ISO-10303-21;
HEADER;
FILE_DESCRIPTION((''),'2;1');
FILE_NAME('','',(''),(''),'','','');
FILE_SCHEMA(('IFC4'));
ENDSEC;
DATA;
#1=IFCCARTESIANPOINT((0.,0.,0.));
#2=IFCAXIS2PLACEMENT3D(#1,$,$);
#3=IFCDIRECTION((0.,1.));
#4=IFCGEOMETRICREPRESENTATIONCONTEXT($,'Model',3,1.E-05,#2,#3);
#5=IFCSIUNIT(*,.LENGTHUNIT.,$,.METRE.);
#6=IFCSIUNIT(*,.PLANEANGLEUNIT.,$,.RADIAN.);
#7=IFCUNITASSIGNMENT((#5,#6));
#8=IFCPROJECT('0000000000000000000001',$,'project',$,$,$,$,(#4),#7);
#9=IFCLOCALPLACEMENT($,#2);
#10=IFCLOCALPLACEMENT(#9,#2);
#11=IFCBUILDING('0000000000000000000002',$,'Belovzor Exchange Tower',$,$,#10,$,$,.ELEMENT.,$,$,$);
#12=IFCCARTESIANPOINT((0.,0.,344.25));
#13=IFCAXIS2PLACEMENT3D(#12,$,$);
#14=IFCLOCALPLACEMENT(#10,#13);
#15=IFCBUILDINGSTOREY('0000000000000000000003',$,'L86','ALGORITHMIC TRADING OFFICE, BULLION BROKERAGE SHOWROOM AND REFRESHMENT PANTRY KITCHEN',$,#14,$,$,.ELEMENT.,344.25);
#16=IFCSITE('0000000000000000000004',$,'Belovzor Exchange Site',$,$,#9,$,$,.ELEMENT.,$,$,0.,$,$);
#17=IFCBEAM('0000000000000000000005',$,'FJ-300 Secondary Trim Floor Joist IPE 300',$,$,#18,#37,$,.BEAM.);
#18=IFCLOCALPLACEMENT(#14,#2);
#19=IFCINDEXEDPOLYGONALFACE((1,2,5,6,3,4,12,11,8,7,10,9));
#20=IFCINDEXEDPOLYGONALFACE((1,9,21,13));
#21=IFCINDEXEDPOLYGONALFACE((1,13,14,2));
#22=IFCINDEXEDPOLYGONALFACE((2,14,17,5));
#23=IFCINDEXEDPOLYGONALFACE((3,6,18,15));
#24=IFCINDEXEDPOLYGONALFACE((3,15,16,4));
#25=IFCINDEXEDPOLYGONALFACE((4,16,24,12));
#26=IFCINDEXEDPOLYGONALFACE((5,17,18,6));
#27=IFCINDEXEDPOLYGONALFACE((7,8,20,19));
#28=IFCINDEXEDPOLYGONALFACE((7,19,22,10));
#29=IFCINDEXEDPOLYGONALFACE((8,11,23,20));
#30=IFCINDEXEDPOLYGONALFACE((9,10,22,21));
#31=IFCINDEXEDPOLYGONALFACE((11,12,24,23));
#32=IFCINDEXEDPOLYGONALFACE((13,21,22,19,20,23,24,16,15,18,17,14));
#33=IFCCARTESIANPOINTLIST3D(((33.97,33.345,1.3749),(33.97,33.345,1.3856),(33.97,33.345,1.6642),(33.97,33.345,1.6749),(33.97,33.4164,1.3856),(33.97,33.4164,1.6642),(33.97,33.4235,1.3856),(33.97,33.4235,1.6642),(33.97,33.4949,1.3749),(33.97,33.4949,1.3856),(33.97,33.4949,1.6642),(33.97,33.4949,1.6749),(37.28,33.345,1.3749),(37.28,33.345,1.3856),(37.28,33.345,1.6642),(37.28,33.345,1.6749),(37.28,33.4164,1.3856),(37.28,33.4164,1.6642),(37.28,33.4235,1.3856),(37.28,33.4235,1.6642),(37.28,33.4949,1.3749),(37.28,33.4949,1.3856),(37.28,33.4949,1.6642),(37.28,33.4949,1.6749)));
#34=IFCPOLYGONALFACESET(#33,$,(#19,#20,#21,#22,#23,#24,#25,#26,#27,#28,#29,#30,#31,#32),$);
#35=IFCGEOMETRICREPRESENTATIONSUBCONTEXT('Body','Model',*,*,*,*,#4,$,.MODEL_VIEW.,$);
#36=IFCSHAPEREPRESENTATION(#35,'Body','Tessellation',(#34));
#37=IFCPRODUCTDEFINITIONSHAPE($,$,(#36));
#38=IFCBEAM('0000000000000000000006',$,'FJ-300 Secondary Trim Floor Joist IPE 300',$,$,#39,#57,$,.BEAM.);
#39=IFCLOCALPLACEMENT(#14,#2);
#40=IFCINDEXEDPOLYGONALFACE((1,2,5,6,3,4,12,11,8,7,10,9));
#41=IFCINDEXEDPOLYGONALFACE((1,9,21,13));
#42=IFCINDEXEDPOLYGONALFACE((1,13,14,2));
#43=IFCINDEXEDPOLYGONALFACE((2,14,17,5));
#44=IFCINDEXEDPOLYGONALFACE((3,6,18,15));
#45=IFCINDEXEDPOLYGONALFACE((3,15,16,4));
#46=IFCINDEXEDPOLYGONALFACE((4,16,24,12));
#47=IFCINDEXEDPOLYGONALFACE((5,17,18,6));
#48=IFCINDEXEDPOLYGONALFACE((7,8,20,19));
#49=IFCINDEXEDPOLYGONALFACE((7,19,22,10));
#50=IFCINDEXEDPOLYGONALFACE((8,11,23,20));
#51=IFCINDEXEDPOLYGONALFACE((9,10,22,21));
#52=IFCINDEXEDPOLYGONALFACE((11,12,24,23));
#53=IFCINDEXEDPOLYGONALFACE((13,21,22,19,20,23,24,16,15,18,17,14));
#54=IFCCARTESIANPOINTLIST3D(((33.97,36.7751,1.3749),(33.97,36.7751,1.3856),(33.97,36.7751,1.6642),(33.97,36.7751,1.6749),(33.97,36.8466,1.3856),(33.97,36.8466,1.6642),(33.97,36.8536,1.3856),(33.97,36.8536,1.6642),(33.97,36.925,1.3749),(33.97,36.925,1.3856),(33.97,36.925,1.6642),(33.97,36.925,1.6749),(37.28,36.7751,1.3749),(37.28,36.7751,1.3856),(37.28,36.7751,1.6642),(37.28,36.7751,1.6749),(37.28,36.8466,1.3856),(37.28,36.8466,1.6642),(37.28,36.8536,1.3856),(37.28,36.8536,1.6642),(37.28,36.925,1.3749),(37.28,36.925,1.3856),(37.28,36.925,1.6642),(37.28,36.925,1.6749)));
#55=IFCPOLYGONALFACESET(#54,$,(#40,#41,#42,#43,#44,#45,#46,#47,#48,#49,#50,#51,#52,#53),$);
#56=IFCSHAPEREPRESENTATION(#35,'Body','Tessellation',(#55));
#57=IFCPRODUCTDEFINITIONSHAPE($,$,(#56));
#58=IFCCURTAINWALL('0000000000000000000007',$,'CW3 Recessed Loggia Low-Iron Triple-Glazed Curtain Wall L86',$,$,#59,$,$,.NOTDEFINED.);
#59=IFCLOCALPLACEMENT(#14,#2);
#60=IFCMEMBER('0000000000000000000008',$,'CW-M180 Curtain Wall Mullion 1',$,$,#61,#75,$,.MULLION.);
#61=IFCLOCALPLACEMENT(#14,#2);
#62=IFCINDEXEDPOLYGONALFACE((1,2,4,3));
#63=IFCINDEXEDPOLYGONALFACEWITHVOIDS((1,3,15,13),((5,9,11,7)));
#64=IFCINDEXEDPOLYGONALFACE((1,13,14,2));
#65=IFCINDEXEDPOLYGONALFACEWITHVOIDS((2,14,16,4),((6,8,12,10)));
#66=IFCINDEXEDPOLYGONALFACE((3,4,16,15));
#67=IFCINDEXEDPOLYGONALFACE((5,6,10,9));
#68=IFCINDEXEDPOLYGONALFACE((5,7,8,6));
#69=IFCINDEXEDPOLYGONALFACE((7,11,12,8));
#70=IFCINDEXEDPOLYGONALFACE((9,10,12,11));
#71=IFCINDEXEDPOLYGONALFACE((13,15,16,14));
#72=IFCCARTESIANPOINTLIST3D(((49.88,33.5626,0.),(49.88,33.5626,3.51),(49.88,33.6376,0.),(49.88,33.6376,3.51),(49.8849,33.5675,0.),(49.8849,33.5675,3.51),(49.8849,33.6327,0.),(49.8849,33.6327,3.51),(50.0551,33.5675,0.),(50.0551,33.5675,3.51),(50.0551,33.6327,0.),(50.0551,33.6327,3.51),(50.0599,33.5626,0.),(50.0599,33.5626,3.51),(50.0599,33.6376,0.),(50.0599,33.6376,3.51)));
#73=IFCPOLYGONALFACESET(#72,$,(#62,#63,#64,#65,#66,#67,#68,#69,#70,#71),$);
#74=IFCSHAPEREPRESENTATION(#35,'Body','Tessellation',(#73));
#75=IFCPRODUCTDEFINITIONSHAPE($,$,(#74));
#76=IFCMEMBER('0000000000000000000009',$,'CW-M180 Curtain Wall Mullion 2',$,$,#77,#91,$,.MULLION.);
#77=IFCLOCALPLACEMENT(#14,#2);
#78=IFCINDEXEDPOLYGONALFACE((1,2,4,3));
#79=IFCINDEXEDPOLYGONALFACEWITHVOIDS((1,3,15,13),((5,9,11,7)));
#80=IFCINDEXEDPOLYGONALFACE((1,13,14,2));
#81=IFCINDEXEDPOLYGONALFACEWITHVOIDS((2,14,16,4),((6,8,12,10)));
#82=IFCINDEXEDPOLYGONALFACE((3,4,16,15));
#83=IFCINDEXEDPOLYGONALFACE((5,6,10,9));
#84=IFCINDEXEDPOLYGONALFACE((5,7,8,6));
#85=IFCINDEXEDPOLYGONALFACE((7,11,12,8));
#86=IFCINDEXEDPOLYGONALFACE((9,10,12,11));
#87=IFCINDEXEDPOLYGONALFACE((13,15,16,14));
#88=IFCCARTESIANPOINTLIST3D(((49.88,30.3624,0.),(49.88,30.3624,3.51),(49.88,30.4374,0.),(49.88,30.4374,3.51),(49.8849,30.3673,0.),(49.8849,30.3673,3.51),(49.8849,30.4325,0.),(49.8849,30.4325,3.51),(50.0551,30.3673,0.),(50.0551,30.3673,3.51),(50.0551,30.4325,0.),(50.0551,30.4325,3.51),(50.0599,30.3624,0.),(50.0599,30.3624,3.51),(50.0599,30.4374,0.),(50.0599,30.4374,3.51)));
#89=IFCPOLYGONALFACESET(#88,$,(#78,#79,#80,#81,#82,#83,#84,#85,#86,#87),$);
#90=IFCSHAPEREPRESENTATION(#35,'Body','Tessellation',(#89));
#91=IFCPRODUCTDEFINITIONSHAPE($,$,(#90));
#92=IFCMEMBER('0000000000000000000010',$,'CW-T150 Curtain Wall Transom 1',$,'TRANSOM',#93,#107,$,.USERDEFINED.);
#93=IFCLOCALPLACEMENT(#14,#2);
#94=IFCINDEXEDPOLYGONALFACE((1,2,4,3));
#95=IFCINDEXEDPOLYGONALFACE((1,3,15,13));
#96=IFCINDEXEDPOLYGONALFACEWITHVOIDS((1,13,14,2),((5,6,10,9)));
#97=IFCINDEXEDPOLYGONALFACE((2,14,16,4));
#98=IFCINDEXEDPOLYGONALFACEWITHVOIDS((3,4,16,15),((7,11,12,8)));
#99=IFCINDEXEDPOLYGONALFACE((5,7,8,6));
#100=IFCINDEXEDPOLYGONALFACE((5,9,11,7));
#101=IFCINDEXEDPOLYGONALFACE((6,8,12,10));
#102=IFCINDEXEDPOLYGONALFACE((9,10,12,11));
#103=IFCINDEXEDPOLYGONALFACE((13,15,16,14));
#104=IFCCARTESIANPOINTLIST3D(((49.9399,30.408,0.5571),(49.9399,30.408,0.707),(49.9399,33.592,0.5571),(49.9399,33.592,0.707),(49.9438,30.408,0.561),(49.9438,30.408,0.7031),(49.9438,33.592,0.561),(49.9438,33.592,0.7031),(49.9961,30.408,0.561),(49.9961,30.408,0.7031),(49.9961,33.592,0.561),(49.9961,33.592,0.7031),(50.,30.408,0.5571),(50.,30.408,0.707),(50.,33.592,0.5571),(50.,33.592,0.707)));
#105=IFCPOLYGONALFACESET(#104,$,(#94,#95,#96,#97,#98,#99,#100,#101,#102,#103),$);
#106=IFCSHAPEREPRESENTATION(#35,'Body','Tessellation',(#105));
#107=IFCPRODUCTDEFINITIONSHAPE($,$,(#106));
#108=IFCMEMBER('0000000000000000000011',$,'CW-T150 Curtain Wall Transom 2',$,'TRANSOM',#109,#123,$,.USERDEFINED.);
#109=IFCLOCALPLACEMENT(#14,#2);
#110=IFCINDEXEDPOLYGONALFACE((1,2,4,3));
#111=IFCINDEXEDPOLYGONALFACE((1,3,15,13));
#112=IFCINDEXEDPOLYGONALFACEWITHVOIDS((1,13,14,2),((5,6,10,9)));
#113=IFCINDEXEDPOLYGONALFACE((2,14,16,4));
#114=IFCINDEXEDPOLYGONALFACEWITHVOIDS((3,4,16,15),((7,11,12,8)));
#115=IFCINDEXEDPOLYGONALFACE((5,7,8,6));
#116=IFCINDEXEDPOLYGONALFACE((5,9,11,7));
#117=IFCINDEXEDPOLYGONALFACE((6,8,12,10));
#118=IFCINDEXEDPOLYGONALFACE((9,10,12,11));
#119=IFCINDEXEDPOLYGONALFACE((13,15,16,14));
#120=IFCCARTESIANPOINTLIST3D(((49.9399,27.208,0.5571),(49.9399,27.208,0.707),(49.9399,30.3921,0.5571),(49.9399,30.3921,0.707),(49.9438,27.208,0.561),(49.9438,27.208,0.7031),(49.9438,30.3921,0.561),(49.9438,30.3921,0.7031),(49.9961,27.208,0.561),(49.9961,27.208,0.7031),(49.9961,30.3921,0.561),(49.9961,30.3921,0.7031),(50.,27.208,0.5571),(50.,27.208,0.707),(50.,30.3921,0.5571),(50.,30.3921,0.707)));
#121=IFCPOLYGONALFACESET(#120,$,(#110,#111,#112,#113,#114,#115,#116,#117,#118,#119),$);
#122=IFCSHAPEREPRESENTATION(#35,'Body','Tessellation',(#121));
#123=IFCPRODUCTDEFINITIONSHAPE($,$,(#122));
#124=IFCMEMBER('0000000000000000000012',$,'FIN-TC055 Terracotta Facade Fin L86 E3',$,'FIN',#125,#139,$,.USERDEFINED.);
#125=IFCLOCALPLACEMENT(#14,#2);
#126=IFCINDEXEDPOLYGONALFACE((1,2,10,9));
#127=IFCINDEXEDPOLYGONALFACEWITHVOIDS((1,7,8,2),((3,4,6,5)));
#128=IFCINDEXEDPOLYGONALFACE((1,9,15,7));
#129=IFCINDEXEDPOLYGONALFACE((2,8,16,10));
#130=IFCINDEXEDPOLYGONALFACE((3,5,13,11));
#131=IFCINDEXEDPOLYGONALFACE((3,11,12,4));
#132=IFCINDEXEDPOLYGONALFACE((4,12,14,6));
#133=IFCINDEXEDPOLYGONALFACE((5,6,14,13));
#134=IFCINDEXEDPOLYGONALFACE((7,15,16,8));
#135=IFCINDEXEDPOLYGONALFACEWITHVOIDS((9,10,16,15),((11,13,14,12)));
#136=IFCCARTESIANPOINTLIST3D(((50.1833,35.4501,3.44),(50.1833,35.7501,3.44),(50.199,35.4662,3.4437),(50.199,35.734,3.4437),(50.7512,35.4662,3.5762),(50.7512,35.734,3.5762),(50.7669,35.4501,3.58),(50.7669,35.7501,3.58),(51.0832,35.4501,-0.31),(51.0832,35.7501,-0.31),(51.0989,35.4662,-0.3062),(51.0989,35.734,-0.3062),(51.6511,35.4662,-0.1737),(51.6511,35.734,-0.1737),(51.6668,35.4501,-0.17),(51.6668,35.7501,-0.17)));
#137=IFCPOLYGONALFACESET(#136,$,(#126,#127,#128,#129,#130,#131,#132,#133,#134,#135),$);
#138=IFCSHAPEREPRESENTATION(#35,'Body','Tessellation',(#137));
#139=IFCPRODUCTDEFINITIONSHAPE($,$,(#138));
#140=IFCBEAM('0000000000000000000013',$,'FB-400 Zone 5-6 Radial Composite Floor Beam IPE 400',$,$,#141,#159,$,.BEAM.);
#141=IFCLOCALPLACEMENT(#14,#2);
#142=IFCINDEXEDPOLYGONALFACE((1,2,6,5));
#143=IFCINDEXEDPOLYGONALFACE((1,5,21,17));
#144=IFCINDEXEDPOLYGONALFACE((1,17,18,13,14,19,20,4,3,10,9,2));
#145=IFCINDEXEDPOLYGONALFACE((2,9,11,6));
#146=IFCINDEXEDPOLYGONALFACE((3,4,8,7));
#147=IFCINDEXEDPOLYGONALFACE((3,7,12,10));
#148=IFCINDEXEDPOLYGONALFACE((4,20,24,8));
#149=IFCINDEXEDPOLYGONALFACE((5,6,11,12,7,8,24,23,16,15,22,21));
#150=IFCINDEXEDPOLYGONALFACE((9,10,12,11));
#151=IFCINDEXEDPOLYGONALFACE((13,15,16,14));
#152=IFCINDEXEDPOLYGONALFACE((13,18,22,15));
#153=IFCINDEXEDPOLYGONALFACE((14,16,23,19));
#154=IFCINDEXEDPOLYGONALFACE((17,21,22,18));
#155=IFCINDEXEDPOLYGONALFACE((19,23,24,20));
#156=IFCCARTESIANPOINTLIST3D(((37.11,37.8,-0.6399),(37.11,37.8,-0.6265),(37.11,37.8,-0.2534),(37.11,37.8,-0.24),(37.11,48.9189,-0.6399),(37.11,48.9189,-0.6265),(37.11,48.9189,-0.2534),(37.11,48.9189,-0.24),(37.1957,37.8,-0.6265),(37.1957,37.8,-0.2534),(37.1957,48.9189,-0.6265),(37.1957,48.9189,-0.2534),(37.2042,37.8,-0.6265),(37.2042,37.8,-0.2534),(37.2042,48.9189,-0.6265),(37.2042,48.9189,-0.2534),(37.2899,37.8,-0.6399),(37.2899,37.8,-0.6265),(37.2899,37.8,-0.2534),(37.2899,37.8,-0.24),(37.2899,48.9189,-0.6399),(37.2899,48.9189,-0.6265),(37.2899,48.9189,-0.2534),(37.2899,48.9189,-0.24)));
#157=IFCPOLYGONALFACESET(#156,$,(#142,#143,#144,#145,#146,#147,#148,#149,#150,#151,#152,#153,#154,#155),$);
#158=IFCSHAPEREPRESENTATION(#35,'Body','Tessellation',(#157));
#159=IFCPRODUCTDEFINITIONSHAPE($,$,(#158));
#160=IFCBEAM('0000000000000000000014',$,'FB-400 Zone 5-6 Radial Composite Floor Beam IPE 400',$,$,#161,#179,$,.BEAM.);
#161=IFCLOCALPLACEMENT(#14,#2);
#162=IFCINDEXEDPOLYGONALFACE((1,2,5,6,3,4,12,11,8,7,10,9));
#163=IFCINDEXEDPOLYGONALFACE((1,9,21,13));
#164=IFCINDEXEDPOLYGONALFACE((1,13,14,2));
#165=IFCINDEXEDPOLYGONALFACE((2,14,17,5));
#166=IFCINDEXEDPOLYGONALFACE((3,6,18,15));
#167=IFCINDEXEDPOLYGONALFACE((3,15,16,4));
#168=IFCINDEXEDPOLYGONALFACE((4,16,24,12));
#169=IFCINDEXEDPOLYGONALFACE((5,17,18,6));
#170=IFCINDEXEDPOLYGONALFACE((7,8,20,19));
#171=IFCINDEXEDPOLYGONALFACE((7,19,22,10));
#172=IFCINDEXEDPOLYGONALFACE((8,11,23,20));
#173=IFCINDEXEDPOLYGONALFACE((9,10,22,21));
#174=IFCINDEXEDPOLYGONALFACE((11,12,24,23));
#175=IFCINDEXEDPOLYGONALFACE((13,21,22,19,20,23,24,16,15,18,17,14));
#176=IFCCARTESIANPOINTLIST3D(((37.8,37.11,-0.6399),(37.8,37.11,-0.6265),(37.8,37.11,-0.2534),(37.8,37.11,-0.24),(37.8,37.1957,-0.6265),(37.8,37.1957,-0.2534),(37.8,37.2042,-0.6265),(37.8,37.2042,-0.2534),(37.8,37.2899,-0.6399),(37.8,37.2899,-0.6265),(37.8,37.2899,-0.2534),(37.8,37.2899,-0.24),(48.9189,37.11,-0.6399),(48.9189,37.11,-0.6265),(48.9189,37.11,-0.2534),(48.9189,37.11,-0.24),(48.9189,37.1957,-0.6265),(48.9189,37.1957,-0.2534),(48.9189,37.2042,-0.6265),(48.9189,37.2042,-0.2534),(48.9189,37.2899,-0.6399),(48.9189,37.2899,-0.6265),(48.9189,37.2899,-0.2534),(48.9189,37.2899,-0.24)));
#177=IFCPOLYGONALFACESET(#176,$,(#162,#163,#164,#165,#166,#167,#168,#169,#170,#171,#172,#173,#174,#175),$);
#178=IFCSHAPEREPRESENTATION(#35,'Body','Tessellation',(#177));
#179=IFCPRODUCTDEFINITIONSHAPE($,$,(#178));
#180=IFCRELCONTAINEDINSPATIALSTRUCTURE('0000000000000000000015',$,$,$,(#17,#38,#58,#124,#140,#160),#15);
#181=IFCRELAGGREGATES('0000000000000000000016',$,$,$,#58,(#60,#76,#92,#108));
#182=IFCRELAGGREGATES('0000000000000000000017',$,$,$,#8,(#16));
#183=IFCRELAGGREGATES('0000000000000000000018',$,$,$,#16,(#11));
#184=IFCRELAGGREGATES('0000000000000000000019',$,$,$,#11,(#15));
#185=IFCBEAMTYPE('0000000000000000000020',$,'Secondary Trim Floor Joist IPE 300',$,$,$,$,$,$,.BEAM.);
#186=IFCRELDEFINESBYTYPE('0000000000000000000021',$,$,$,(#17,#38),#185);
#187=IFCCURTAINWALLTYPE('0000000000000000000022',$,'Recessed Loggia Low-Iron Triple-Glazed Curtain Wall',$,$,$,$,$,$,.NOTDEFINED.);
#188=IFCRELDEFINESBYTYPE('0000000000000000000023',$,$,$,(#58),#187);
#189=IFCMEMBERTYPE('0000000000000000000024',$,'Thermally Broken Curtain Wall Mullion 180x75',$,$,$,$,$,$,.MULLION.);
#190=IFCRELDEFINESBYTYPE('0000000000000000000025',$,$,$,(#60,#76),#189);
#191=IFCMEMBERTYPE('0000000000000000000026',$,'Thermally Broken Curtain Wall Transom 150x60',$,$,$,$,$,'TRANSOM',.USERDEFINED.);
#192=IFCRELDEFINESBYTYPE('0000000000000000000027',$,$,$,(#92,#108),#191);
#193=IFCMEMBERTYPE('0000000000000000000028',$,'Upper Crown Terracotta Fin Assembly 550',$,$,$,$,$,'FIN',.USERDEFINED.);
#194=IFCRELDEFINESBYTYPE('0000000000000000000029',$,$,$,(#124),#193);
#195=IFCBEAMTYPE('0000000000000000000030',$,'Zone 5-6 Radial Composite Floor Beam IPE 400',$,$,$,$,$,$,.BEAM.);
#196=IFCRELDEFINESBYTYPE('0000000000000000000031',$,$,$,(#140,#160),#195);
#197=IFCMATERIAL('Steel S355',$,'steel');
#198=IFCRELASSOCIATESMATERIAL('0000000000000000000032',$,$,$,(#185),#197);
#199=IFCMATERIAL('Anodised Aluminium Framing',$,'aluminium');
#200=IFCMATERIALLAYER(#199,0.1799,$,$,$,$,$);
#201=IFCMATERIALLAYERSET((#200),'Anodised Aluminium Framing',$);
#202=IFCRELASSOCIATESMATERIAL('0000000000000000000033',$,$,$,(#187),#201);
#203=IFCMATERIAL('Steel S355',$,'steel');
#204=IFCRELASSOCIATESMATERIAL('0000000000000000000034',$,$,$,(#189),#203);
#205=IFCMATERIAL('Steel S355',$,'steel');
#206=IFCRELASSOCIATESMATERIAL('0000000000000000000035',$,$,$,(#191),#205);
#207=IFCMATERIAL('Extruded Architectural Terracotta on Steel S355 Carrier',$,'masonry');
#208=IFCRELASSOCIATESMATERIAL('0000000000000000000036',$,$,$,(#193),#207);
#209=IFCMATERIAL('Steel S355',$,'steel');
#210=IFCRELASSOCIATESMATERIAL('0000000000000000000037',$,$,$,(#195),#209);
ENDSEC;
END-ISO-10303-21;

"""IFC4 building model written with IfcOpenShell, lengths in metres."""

from ifc_helpers import new_model, si_unit, direction, frame, origin, origin_2d, place, context, subcontext, project, spatial, hollow_rectangle, i_section, extrude, material, layer, layer_set, material_profile, profile_set, type_object, element, aggregate, save


model = new_model("IFC4")

# Units and contexts
model_context = context("Model", 3, precision=1e-05, world=origin(), true_north=direction((0.0, 1.0)))
body_context = subcontext(model_context, "Body", "Model", "MODEL_VIEW")
ifc_project = project(units=[si_unit("LENGTHUNIT", "METRE"), si_unit("PLANEANGLEUNIT", "RADIAN")], contexts=[model_context])

# Site, building, storey
site_placement = place(None, origin())
site = spatial("IfcSite", under=ifc_project, at=site_placement, Name="Belovzor Exchange Site", CompositionType="ELEMENT", RefElevation=0.0)
building_placement = place(site_placement, origin())
building = spatial("IfcBuilding", under=site, at=building_placement, Name="Belovzor Exchange Tower", CompositionType="ELEMENT")
storey_placement = place(building_placement, frame((0.0, 0.0, 344.25)))
storey = spatial("IfcBuildingStorey", under=building, at=storey_placement, Name="L86", Description="ALGORITHMIC TRADING OFFICE, BULLION BROKERAGE SHOWROOM AND REFRESHMENT PANTRY KITCHEN", CompositionType="ELEMENT", Elevation=344.25)

# Beams
ifc_material_1 = material(Name="Steel S355", Category="steel")
ifc_material_profile_1 = material_profile(ifc_material_1, i_section(OverallWidth=0.1499, OverallDepth=0.3, WebThickness=0.0071, FlangeThickness=0.0107, at=origin_2d()))
ifc_profile_set_1 = profile_set([ifc_material_profile_1], Name="Steel S355")
beam_type_1 = type_object("IfcBeamType", Name="Secondary Trim Floor Joist IPE 300", PredefinedType="BEAM", material=ifc_profile_set_1)
for number, where, z_axis, x_axis, name in (
    (1, (37.28, 33.4199, 1.5249), (-1.0, 0.0, 0.0), (0.0, -1.0, 0.0), "FJ-300 Secondary Trim Floor Joist IPE 300"),
    (2, (37.28, 36.8501, 1.5249), (-1.0, 0.0, 0.0), (0.0, -1.0, 0.0), "FJ-300 Secondary Trim Floor Joist IPE 300"),
):
    element("IfcBeam", number, at=place(storey_placement, frame(where, z_axis=z_axis, x_axis=x_axis)), inside=storey, type_object=beam_type_1, Name=name, PredefinedType="BEAM", context=body_context, shape_type="SweptSolid", body=[
        extrude(i_section(OverallWidth=0.1499, OverallDepth=0.3, WebThickness=0.0071, FlangeThickness=0.0107, at=origin_2d()), origin(), (0.0, 0.0, 1.0), 3.3101),
    ])

# Curtain wall, members
ifc_material_2 = material(Name="Anodised Aluminium Framing", Category="aluminium")
ifc_layer_1 = layer(ifc_material_2, 0.1799)
ifc_layer_set_1 = layer_set([ifc_layer_1], Name="Anodised Aluminium Framing")
curtain_wall_type = type_object("IfcCurtainWallType", Name="Recessed Loggia Low-Iron Triple-Glazed Curtain Wall", PredefinedType="NOTDEFINED", material=ifc_layer_set_1)
curtain_wall_placement = place(storey_placement, origin())
curtain_wall = element("IfcCurtainWall", 3, at=curtain_wall_placement, inside=storey, type_object=curtain_wall_type, Name="CW3 Recessed Loggia Low-Iron Triple-Glazed Curtain Wall L86", PredefinedType="NOTDEFINED")
ifc_material_3 = material(Name="Steel S355", Category="steel")
ifc_material_profile_2 = material_profile(ifc_material_3, hollow_rectangle(XDim=0.075, YDim=0.1799, WallThickness=0.0049, at=origin_2d()))
ifc_profile_set_2 = profile_set([ifc_material_profile_2], Name="Steel S355")
member_type_1 = type_object("IfcMemberType", Name="Thermally Broken Curtain Wall Mullion 180x75", PredefinedType="MULLION", material=ifc_profile_set_2)
member_1_placement = place(storey_placement, frame((49.97, 33.6001, 0.0), z_axis=(0.0, 0.0, 1.0), x_axis=(0.0, -1.0, 0.0)))
member_1 = element("IfcMember", 4, at=member_1_placement, type_object=member_type_1, Name="CW-M180 Curtain Wall Mullion 1", PredefinedType="MULLION", context=body_context, shape_type="SweptSolid", body=[
    extrude(hollow_rectangle(XDim=0.075, YDim=0.1799, WallThickness=0.0049, at=origin_2d()), origin(), (0.0, 0.0, 1.0), 3.51),
])
member_2_placement = place(storey_placement, frame((49.97, 30.3999, 0.0), z_axis=(0.0, 0.0, 1.0), x_axis=(0.0, -1.0, 0.0)))
member_2 = element("IfcMember", 5, at=member_2_placement, type_object=member_type_1, Name="CW-M180 Curtain Wall Mullion 2", PredefinedType="MULLION", context=body_context, shape_type="SweptSolid", body=[
    extrude(hollow_rectangle(XDim=0.075, YDim=0.1799, WallThickness=0.0049, at=origin_2d()), origin(), (0.0, 0.0, 1.0), 3.51),
])
ifc_material_4 = material(Name="Steel S355", Category="steel")
ifc_material_profile_3 = material_profile(ifc_material_4, hollow_rectangle(XDim=0.0601, YDim=0.1499, WallThickness=0.0039, at=origin_2d()))
ifc_profile_set_3 = profile_set([ifc_material_profile_3], Name="Steel S355")
member_type_2 = type_object("IfcMemberType", Name="Thermally Broken Curtain Wall Transom 150x60", ElementType="TRANSOM", PredefinedType="USERDEFINED", material=ifc_profile_set_3)
member_3_placement = place(storey_placement, frame((49.97, 33.592, 0.6321), z_axis=(0.0, -1.0, 0.0), x_axis=(1.0, 0.0, 0.0)))
member_3 = element("IfcMember", 6, at=member_3_placement, type_object=member_type_2, Name="CW-T150 Curtain Wall Transom 1", ObjectType="TRANSOM", PredefinedType="USERDEFINED", context=body_context, shape_type="SweptSolid", body=[
    extrude(hollow_rectangle(XDim=0.0601, YDim=0.1499, WallThickness=0.0039, at=origin_2d()), origin(), (0.0, 0.0, 1.0), 3.1841),
])
member_4_placement = place(storey_placement, frame((49.97, 30.3921, 0.6321), z_axis=(0.0, -1.0, 0.0), x_axis=(1.0, 0.0, 0.0)))
member_4 = element("IfcMember", 7, at=member_4_placement, type_object=member_type_2, Name="CW-T150 Curtain Wall Transom 2", ObjectType="TRANSOM", PredefinedType="USERDEFINED", context=body_context, shape_type="SweptSolid", body=[
    extrude(hollow_rectangle(XDim=0.0601, YDim=0.1499, WallThickness=0.0039, at=origin_2d()), origin(), (0.0, 0.0, 1.0), 3.1841),
])

# Member
ifc_material_5 = material(Name="Extruded Architectural Terracotta on Steel S355 Carrier", Category="masonry")
ifc_material_profile_4 = material_profile(ifc_material_5, hollow_rectangle(XDim=0.3, YDim=0.6001, WallThickness=0.0161, at=origin_2d()))
ifc_profile_set_4 = profile_set([ifc_material_profile_4], Name="Extruded Architectural Terracotta on Steel S355 Carrier")
member_type_3 = type_object("IfcMemberType", Name="Upper Crown Terracotta Fin Assembly 550", ElementType="FIN", PredefinedType="USERDEFINED", material=ifc_profile_set_4)
member_5_placement = place(storey_placement, frame((51.375, 35.6001, -0.24), z_axis=(-0.233349, 0.0, 0.972393), x_axis=(0.0, -1.0, 0.0)))
element("IfcMember", 8, at=member_5_placement, inside=storey, type_object=member_type_3, Name="FIN-TC055 Terracotta Facade Fin L86 E3", ObjectType="FIN", PredefinedType="USERDEFINED", context=body_context, shape_type="SweptSolid", body=[
    extrude(hollow_rectangle(XDim=0.3, YDim=0.6001, WallThickness=0.0161, at=origin_2d()), origin(), (0.0, 0.0, 1.0), 3.8564),
])

# Beams
ifc_material_6 = material(Name="Steel S355", Category="steel")
ifc_material_profile_5 = material_profile(ifc_material_6, i_section(OverallWidth=0.1799, OverallDepth=0.3999, WebThickness=0.0085, FlangeThickness=0.0134, at=origin_2d()))
ifc_profile_set_5 = profile_set([ifc_material_profile_5], Name="Steel S355")
beam_type_2 = type_object("IfcBeamType", Name="Zone 5-6 Radial Composite Floor Beam IPE 400", PredefinedType="BEAM", material=ifc_profile_set_5)
for number, where, z_axis, x_axis, name in (
    (9, (37.2, 37.8, -0.4399), (0.0, 1.0, 0.0), (-1.0, 0.0, 0.0), "FB-400 Zone 5-6 Radial Composite Floor Beam IPE 400"),
    (10, (37.8, 37.2, -0.4399), (1.0, 0.0, 0.0), (0.0, 1.0, 0.0), "FB-400 Zone 5-6 Radial Composite Floor Beam IPE 400"),
):
    element("IfcBeam", number, at=place(storey_placement, frame(where, z_axis=z_axis, x_axis=x_axis)), inside=storey, type_object=beam_type_2, Name=name, PredefinedType="BEAM", context=body_context, shape_type="SweptSolid", body=[
        extrude(i_section(OverallWidth=0.1799, OverallDepth=0.3999, WebThickness=0.0085, FlangeThickness=0.0134, at=origin_2d()), origin(), (0.0, 0.0, 1.0), 11.1189),
    ])

aggregate(curtain_wall, [member_1, member_2, member_3, member_4])

save(model, "model.ifc")
